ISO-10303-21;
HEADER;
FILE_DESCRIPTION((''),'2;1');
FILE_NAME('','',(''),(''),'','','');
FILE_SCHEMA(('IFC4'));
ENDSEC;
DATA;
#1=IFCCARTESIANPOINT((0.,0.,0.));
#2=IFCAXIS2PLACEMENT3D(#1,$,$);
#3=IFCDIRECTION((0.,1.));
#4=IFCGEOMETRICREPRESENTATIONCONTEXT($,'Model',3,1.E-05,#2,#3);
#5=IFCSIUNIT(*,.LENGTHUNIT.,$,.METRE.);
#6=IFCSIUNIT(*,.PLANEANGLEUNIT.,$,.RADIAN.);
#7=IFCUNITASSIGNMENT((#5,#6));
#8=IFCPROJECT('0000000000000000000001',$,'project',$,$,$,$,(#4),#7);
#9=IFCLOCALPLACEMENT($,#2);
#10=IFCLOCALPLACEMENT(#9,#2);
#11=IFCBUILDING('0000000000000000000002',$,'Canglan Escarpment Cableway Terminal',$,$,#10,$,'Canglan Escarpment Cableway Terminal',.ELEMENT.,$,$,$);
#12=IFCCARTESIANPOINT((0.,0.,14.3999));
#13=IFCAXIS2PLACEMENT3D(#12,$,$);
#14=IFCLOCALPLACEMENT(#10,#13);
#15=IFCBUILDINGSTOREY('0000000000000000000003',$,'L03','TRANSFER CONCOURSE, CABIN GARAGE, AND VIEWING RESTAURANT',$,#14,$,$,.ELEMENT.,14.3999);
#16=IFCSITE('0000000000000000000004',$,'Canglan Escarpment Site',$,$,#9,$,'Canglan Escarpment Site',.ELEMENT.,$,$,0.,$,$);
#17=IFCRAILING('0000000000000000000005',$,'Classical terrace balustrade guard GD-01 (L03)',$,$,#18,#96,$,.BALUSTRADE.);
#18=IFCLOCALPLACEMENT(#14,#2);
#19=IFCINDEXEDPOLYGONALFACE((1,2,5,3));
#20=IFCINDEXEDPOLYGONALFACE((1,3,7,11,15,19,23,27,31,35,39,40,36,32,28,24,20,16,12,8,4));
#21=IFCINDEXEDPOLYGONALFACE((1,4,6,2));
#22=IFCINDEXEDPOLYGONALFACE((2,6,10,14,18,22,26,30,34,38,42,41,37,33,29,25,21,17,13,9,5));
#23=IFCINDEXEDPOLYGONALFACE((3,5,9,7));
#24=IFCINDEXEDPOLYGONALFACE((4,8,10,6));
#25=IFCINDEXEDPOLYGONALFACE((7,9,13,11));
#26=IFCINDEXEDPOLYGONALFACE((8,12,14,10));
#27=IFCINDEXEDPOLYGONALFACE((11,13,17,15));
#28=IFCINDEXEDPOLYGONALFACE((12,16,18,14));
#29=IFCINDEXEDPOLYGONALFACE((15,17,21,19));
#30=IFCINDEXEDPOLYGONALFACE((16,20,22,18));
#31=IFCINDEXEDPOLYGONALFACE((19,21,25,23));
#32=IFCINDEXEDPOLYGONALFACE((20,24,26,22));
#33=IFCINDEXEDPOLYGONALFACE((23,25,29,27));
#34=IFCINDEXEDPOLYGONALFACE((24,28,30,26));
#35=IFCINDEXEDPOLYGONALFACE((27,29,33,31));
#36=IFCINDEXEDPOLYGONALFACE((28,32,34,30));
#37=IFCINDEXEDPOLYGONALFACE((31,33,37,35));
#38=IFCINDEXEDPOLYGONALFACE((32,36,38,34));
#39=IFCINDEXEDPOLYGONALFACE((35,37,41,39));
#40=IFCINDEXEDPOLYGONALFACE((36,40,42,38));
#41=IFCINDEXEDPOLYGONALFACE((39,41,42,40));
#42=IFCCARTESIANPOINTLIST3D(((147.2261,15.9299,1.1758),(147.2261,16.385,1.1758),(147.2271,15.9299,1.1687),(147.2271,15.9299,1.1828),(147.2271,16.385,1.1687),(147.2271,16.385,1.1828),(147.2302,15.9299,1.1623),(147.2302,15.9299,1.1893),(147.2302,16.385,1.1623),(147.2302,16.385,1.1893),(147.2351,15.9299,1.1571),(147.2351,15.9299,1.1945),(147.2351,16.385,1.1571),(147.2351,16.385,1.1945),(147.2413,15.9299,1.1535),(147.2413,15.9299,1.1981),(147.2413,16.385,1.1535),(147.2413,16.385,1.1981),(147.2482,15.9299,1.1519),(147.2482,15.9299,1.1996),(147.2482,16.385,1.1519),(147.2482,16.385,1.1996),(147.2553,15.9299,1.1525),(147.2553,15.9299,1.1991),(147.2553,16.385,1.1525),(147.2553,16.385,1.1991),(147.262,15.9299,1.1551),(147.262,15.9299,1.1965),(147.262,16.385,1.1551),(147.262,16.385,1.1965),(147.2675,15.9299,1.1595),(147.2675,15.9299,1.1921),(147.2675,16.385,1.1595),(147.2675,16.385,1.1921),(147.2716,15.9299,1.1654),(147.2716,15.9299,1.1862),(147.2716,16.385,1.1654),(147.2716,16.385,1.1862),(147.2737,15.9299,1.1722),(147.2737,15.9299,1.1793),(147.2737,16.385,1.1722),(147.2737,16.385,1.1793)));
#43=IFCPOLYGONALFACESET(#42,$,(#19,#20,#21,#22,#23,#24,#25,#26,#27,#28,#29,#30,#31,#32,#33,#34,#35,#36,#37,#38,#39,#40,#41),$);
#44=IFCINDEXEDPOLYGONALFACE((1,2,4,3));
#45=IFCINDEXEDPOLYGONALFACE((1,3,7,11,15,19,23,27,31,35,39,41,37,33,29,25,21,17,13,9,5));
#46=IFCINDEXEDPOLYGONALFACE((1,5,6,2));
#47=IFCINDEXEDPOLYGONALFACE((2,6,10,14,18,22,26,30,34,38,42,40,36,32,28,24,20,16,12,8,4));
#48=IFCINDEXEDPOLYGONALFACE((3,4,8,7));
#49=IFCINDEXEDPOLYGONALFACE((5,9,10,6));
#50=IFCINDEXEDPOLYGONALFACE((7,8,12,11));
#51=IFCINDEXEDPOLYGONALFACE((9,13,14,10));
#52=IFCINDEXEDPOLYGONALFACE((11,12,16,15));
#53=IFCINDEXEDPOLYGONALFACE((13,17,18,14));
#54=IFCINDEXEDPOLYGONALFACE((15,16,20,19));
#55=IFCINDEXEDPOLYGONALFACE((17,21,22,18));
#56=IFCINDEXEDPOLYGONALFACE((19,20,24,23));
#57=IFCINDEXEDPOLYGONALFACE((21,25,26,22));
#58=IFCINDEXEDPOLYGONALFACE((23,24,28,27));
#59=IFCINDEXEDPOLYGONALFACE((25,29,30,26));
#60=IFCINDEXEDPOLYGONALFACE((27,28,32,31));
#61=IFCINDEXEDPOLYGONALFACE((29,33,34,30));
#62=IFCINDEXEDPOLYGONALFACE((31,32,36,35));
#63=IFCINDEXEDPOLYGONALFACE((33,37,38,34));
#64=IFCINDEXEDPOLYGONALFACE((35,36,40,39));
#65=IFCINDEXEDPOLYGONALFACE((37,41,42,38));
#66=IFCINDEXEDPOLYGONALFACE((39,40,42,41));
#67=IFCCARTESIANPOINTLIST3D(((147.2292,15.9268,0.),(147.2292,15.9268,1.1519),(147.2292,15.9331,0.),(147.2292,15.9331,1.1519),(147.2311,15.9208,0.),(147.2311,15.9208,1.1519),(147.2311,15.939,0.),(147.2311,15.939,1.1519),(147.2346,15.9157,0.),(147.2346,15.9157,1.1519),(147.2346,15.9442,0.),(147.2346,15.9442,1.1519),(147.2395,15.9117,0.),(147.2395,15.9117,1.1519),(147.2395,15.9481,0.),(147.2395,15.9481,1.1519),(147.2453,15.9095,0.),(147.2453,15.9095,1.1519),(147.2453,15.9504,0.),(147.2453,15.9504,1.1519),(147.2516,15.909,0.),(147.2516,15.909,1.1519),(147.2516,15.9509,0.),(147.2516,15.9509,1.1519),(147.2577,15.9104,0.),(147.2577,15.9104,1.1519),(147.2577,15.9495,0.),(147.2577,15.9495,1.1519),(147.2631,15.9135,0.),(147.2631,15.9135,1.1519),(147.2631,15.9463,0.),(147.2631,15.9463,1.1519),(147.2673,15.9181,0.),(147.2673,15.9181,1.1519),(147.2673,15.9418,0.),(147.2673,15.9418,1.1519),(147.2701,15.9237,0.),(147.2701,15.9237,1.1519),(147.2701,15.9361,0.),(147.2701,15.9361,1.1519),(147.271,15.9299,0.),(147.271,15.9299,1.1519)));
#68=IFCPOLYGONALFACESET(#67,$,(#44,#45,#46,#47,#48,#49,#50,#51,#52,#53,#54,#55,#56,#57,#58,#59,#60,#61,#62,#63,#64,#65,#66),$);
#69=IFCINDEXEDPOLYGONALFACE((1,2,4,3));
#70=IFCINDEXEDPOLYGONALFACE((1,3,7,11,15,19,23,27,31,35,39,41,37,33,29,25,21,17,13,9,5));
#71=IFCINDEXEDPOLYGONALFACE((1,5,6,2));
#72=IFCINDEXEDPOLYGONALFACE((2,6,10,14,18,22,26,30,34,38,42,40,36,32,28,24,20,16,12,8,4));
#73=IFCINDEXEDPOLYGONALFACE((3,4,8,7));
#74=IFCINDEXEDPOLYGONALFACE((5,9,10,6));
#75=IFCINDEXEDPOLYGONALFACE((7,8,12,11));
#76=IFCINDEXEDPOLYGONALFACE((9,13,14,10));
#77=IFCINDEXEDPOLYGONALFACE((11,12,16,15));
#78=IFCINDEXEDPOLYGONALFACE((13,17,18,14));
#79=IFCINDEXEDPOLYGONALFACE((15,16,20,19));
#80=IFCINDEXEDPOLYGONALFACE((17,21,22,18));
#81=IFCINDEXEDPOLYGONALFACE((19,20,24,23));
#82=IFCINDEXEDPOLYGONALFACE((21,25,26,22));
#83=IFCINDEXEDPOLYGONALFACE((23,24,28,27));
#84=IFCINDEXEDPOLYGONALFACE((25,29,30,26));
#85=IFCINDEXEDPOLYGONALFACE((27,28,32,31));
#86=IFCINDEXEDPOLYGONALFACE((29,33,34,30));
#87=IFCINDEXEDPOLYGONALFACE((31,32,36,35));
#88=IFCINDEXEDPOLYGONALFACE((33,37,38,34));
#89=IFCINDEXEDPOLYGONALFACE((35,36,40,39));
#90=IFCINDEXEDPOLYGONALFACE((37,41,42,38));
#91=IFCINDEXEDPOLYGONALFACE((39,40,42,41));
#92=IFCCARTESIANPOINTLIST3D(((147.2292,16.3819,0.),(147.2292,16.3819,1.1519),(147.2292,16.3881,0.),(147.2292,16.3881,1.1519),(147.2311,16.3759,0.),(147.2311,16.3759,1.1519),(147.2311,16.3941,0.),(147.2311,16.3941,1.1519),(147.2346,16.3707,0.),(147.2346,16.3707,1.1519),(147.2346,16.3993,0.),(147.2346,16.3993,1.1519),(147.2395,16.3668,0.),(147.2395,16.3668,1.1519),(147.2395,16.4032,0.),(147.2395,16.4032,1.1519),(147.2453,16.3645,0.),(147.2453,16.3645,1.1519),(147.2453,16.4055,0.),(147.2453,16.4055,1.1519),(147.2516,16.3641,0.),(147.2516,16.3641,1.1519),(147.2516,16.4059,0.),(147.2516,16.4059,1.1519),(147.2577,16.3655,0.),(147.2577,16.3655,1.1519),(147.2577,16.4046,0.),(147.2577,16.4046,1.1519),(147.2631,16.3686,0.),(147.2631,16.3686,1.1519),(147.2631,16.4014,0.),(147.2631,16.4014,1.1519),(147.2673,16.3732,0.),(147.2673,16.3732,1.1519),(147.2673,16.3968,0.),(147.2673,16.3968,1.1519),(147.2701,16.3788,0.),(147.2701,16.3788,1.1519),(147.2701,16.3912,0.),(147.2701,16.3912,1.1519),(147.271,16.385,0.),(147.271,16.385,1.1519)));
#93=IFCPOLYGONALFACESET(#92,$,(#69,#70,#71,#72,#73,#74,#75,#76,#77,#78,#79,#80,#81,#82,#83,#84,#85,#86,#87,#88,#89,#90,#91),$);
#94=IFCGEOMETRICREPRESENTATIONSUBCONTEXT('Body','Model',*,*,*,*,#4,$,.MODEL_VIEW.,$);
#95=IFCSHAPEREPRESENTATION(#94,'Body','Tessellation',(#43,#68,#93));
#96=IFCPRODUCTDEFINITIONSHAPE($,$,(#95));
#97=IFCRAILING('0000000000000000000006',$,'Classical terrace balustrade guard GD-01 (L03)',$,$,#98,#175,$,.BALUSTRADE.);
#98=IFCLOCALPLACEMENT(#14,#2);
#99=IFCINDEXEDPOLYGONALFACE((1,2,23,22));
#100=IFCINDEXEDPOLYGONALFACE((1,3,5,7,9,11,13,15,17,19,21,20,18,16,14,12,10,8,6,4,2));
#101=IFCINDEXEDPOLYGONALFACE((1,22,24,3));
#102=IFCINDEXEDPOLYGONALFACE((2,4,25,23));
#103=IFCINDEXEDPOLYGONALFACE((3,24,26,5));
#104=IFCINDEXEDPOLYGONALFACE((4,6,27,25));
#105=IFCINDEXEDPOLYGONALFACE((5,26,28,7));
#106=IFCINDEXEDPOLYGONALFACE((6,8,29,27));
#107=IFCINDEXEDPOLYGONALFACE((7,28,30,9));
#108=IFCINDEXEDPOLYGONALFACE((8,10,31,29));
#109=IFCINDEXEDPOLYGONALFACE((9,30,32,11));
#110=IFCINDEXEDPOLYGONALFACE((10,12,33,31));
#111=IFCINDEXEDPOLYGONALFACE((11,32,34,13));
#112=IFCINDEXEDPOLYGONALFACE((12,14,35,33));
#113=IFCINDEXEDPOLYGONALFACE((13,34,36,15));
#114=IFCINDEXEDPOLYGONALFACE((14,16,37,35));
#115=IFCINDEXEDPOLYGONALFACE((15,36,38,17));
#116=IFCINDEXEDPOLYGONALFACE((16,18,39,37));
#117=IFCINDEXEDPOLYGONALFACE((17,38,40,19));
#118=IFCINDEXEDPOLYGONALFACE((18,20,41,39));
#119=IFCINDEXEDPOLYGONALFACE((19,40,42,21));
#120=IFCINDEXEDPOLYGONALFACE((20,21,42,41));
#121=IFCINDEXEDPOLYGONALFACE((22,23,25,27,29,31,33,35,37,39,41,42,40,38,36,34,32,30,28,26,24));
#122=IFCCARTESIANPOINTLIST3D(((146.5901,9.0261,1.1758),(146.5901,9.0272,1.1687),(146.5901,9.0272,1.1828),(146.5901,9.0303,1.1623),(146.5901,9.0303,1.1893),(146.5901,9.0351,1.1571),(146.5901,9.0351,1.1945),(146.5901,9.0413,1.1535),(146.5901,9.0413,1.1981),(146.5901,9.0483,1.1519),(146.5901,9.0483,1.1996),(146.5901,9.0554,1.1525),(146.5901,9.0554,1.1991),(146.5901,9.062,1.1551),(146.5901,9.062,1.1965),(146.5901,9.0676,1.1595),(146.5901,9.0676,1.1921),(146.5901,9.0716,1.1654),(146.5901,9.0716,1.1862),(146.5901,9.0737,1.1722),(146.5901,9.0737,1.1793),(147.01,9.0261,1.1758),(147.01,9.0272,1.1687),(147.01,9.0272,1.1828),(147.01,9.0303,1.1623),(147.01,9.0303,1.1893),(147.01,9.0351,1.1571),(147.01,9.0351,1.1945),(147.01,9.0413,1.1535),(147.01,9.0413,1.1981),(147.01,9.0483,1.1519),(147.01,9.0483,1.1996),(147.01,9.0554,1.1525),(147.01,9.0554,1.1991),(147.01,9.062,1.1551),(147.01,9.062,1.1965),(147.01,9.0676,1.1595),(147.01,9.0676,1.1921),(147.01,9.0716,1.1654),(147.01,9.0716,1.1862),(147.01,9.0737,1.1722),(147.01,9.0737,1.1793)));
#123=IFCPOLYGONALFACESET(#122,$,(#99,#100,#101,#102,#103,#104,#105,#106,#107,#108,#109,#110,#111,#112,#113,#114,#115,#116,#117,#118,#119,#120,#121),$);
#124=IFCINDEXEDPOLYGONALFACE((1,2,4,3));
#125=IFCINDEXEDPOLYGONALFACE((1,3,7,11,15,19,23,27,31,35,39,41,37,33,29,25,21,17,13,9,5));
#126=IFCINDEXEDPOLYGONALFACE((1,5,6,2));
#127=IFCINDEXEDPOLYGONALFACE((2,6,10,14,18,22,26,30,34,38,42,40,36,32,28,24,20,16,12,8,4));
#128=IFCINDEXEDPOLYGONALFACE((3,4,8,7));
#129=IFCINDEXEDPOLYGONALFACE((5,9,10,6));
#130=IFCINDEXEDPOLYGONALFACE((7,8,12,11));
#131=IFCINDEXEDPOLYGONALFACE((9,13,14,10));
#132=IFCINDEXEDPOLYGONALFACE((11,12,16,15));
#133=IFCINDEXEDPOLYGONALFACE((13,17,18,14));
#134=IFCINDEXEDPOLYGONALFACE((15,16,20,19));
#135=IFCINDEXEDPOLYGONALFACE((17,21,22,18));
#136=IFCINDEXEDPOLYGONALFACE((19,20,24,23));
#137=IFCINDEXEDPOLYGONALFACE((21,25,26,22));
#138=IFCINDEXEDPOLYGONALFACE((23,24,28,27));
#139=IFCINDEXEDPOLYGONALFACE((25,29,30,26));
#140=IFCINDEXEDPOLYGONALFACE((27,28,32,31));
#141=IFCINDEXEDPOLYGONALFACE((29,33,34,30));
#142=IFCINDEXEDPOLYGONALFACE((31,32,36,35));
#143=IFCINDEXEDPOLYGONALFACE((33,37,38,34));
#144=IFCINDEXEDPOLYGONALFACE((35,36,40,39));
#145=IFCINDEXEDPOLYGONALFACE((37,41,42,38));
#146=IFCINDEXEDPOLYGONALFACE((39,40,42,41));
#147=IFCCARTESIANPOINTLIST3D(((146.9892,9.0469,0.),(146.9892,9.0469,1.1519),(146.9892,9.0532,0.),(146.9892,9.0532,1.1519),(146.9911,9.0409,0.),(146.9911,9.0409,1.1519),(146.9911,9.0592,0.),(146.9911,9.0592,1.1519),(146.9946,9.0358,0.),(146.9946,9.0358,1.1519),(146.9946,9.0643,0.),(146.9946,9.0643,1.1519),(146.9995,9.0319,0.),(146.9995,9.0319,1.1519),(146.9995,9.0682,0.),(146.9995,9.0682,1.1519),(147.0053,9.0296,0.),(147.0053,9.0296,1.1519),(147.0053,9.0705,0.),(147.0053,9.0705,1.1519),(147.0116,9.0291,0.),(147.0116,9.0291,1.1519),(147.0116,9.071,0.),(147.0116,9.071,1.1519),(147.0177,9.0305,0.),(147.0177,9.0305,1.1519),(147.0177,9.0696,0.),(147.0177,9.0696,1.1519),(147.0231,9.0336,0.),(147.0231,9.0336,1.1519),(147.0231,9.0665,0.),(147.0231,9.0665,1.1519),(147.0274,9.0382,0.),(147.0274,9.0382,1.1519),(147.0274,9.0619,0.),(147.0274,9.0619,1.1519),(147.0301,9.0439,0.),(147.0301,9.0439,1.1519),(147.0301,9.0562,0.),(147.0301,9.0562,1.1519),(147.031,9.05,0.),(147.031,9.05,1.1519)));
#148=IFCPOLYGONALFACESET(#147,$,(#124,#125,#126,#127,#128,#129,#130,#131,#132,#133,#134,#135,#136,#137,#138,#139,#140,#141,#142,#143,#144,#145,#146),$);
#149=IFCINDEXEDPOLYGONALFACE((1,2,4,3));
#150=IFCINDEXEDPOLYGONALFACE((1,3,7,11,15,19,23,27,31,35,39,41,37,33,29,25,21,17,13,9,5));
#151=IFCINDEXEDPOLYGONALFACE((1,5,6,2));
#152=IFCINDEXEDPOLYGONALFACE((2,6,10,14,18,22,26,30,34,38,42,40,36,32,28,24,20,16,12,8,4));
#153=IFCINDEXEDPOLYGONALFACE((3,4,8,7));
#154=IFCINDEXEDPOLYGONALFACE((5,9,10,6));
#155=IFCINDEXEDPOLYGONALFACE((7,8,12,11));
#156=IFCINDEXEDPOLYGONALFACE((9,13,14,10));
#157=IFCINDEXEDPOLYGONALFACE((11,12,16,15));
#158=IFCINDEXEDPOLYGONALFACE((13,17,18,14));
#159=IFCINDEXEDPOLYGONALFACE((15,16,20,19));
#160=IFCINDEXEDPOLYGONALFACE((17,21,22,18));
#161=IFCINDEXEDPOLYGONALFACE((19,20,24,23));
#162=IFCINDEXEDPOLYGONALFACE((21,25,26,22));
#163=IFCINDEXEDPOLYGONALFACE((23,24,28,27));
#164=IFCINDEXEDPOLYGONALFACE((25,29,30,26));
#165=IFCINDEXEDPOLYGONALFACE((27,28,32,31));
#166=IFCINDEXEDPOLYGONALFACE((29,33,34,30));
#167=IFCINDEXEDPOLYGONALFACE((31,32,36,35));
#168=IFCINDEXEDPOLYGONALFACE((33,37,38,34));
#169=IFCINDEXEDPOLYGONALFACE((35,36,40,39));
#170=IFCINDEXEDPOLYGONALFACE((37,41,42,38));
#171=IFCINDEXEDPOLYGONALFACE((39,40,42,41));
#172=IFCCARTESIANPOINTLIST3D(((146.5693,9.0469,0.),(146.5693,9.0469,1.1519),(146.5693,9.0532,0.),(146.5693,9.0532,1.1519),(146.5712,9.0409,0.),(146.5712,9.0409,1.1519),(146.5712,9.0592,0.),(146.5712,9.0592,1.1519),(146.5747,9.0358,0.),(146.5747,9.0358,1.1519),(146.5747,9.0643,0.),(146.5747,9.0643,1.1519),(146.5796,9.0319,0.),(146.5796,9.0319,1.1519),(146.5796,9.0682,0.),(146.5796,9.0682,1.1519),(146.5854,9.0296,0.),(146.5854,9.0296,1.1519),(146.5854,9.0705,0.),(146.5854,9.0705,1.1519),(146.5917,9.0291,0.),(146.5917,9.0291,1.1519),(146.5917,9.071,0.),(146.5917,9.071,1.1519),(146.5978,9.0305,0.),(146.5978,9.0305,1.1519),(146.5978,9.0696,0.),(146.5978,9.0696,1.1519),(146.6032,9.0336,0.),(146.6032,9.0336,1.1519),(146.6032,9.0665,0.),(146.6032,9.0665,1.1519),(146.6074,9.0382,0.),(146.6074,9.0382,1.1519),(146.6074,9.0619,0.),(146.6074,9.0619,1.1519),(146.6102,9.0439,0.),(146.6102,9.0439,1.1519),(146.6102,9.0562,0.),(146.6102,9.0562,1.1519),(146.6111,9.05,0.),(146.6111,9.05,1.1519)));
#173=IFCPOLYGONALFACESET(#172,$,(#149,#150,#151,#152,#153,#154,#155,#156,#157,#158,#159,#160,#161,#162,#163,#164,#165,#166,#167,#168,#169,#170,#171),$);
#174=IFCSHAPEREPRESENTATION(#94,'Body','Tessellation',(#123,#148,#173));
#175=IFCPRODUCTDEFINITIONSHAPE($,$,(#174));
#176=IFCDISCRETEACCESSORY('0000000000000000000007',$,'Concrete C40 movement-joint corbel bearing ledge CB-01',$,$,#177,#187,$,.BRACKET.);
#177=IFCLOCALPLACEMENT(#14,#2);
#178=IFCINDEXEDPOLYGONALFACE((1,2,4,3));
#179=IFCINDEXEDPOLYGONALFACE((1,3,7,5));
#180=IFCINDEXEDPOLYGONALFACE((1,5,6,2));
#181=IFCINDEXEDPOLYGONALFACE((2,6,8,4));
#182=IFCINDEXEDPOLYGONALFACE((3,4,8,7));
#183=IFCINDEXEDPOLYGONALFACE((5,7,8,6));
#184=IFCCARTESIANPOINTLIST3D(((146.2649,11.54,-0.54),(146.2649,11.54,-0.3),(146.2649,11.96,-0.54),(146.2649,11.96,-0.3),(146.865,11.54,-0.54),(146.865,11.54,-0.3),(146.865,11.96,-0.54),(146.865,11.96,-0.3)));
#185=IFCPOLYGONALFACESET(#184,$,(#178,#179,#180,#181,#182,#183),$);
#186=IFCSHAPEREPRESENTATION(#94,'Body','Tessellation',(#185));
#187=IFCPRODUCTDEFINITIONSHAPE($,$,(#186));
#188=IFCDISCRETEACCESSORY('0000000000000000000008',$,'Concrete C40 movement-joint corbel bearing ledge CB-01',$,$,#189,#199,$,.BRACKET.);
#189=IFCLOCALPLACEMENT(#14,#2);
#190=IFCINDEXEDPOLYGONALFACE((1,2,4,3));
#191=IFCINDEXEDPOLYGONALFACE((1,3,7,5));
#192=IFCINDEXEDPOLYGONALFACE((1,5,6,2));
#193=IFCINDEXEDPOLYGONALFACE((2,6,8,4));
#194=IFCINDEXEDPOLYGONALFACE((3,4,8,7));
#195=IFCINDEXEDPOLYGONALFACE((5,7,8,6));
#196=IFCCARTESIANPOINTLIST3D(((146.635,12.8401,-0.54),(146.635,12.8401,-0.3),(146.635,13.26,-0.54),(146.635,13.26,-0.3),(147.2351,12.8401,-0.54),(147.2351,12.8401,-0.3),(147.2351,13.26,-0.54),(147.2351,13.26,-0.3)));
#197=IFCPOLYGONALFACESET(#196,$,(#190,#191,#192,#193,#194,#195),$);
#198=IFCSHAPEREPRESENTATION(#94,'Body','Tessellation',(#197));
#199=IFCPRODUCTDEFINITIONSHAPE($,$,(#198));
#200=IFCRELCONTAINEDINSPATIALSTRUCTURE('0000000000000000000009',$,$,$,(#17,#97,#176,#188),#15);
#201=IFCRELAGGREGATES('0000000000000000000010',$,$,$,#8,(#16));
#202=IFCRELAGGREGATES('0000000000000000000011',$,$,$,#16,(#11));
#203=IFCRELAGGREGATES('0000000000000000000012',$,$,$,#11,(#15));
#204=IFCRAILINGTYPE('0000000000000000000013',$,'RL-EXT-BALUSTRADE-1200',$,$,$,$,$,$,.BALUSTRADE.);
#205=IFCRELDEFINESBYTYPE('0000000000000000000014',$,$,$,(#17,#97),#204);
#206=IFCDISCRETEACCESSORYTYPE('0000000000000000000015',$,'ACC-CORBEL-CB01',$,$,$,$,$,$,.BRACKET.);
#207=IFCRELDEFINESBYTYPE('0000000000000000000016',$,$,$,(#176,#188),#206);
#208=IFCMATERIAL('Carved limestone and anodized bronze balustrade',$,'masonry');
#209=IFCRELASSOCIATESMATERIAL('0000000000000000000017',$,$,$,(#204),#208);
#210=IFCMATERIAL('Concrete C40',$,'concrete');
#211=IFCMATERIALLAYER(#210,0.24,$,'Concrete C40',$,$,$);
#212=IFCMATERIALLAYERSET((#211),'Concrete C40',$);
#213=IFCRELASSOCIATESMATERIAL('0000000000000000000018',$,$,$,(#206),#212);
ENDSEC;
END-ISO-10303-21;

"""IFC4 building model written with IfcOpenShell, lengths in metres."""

from ifc_helpers import new_model, si_unit, direction, frame, origin, origin_2d, place, context, subcontext, project, spatial, rectangle, circle, extrude, material, layer, layer_set, type_object, element, save


model = new_model("IFC4")

# Units and contexts
model_context = context("Model", 3, precision=1e-05, world=origin(), true_north=direction((0.0, 1.0)))
body_context = subcontext(model_context, "Body", "Model", "MODEL_VIEW")
ifc_project = project(units=[si_unit("LENGTHUNIT", "METRE"), si_unit("PLANEANGLEUNIT", "RADIAN")], contexts=[model_context])

# Site, building, storey
site_placement = place(None, origin())
site = spatial("IfcSite", under=ifc_project, at=site_placement, Name="Canglan Escarpment Site", LongName="Canglan Escarpment Site", CompositionType="ELEMENT", RefElevation=0.0)
building_placement = place(site_placement, origin())
building = spatial("IfcBuilding", under=site, at=building_placement, Name="Canglan Escarpment Cableway Terminal", LongName="Canglan Escarpment Cableway Terminal", CompositionType="ELEMENT")
storey_placement = place(building_placement, frame((0.0, 0.0, 14.3999)))
storey = spatial("IfcBuildingStorey", under=building, at=storey_placement, Name="L03", Description="TRANSFER CONCOURSE, CABIN GARAGE, AND VIEWING RESTAURANT", CompositionType="ELEMENT", Elevation=14.3999)

# Shared definitions
ifc_material_1 = material(Name="Concrete C40", Category="concrete")

# Railings
ifc_material_2 = material(Name="Carved limestone and anodized bronze balustrade", Category="masonry")
railing_type = type_object("IfcRailingType", Name="RL-EXT-BALUSTRADE-1200", PredefinedType="BALUSTRADE", material=ifc_material_2)
railing_1_placement = place(storey_placement, frame((147.25, 15.9299, 0.0)))
element("IfcRailing", 1, at=railing_1_placement, inside=storey, type_object=railing_type, Name="Classical terrace balustrade guard GD-01 (L03)", PredefinedType="BALUSTRADE", context=body_context, shape_type="SweptSolid", body=[
    extrude(circle(Radius=0.0239, at=origin_2d()), frame((0.0, 0.0, 1.1758), z_axis=(0.0, 1.0, 0.0), x_axis=(-1.0, 0.0, 0.0)), (0.0, 0.0, 1.0), 0.4551),
    extrude(circle(Radius=0.021, at=origin_2d()), origin(), (0.0, 0.0, 1.0), 1.1519),
    extrude(circle(Radius=0.021, at=origin_2d()), frame((0.0, 0.4551, 0.0)), (0.0, 0.0, 1.0), 1.1519),
])
railing_2_placement = place(storey_placement, frame((147.01, 9.05, 0.0)))
element("IfcRailing", 2, at=railing_2_placement, inside=storey, type_object=railing_type, Name="Classical terrace balustrade guard GD-01 (L03)", PredefinedType="BALUSTRADE", context=body_context, shape_type="SweptSolid", body=[
    extrude(circle(Radius=0.0239, at=origin_2d()), frame((0.0, 0.0, 1.1758), z_axis=(-1.0, 0.0, 0.0), x_axis=(0.0, -1.0, 0.0)), (0.0, 0.0, 1.0), 0.4199),
    extrude(circle(Radius=0.021, at=origin_2d()), origin(), (0.0, 0.0, 1.0), 1.1519),
    extrude(circle(Radius=0.021, at=origin_2d()), frame((-0.4199, 0.0, 0.0)), (0.0, 0.0, 1.0), 1.1519),
])

# Discrete accessories
ifc_layer_1 = layer(ifc_material_1, 0.24, Name="Concrete C40")
ifc_layer_set_1 = layer_set([ifc_layer_1], Name="Concrete C40")
discrete_accessory_type_1 = type_object("IfcDiscreteAccessoryType", Name="ACC-CORBEL-CB01", PredefinedType="BRACKET", material=ifc_layer_set_1)
for number, where, z_axis, x_axis, name in (
    (3, (146.5649, 11.75, -0.54), (0.0, 0.0, 1.0), (1.0, 0.0, 0.0), "Concrete C40 movement-joint corbel bearing ledge CB-01"),
    (4, (146.9351, 13.05, -0.54), (0.0, 0.0, 1.0), (1.0, 0.0, 0.0), "Concrete C40 movement-joint corbel bearing ledge CB-01"),
):
    element("IfcDiscreteAccessory", number, at=place(storey_placement, frame(where, z_axis=z_axis, x_axis=x_axis)), inside=storey, type_object=discrete_accessory_type_1, Name=name, PredefinedType="BRACKET", context=body_context, shape_type="SweptSolid", body=[
        extrude(rectangle(XDim=0.6001, YDim=0.4199, at=origin_2d()), origin(), (0.0, 0.0, 1.0), 0.24),
    ])

save(model, "model.ifc")
